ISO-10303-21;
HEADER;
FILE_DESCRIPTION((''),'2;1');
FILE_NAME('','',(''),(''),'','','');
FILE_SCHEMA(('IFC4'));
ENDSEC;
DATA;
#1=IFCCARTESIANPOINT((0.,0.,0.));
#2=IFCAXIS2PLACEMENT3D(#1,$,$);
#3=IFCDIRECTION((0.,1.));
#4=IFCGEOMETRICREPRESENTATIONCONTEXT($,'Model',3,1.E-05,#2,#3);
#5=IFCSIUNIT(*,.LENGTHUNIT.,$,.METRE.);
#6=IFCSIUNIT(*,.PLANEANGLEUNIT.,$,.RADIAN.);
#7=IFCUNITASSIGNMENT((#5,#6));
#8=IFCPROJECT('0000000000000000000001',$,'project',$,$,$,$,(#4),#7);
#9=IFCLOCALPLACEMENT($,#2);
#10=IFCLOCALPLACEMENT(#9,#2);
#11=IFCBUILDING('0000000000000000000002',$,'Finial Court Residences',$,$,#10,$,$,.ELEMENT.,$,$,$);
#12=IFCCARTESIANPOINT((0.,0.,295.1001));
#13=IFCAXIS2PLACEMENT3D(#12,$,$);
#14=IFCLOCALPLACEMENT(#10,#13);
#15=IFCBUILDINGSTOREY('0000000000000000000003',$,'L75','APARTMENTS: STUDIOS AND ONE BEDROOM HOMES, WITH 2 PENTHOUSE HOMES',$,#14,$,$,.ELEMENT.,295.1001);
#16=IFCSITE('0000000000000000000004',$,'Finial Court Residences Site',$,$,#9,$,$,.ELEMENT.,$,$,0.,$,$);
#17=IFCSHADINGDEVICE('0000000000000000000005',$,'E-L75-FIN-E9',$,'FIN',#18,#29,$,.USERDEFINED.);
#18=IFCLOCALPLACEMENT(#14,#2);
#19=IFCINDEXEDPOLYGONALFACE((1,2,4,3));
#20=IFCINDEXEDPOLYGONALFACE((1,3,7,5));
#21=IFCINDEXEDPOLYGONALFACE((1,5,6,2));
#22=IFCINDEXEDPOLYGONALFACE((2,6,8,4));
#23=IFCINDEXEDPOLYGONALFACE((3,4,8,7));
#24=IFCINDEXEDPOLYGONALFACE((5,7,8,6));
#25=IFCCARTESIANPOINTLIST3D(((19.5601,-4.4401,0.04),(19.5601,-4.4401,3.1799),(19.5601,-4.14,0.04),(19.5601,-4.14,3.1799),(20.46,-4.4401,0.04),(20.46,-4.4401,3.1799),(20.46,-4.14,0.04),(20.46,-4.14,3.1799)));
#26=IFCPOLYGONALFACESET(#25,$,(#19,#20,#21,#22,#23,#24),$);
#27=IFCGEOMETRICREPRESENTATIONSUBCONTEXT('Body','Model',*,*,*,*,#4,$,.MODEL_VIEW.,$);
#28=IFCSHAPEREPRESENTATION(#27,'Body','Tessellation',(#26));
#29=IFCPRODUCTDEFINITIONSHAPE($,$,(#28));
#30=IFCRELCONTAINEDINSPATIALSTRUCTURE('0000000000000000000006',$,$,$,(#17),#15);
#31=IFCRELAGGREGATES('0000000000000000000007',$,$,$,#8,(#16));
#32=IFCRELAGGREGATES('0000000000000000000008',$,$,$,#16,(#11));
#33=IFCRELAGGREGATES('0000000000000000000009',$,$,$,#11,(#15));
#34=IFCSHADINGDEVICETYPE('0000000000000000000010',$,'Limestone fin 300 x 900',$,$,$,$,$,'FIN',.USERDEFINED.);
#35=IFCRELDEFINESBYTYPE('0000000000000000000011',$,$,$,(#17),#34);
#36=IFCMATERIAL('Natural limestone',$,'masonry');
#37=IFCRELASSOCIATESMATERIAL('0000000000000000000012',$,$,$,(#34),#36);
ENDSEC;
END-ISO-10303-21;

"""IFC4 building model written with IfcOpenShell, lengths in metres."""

from ifc_helpers import new_model, si_unit, direction, frame, origin, origin_2d, place, context, subcontext, project, spatial, rectangle, extrude, material, type_object, element, save


model = new_model("IFC4")

# Units and contexts
model_context = context("Model", 3, precision=1e-05, world=origin(), true_north=direction((0.0, 1.0)))
body_context = subcontext(model_context, "Body", "Model", "MODEL_VIEW")
ifc_project = project(units=[si_unit("LENGTHUNIT", "METRE"), si_unit("PLANEANGLEUNIT", "RADIAN")], contexts=[model_context])

# Site, building, storey
site_placement = place(None, origin())
site = spatial("IfcSite", under=ifc_project, at=site_placement, Name="Finial Court Residences Site", CompositionType="ELEMENT", RefElevation=0.0)
building_placement = place(site_placement, origin())
building = spatial("IfcBuilding", under=site, at=building_placement, Name="Finial Court Residences", CompositionType="ELEMENT")
storey_placement = place(building_placement, frame((0.0, 0.0, 295.1001)))
storey = spatial("IfcBuildingStorey", under=building, at=storey_placement, Name="L75", Description="APARTMENTS: STUDIOS AND ONE BEDROOM HOMES, WITH 2 PENTHOUSE HOMES", CompositionType="ELEMENT", Elevation=295.1001)

# Shared definitions
ifc_material_1 = material(Name="Natural limestone", Category="masonry")

# Shading device
shading_device_type = type_object("IfcShadingDeviceType", Name="Limestone fin 300 x 900", ElementType="FIN", PredefinedType="USERDEFINED", material=ifc_material_1)
shading_device_1_placement = place(storey_placement, frame((20.01, -4.29, 0.04), z_axis=(0.0, 0.0, 1.0), x_axis=(1.0, 0.0, 0.0)))
element("IfcShadingDevice", 1, at=shading_device_1_placement, inside=storey, type_object=shading_device_type, Name="E-L75-FIN-E9", ObjectType="FIN", PredefinedType="USERDEFINED", context=body_context, shape_type="SweptSolid", body=[
    extrude(rectangle(XDim=0.8999, YDim=0.3, at=origin_2d()), origin(), (0.0, 0.0, 1.0), 3.1399),
])

save(model, "model.ifc")
